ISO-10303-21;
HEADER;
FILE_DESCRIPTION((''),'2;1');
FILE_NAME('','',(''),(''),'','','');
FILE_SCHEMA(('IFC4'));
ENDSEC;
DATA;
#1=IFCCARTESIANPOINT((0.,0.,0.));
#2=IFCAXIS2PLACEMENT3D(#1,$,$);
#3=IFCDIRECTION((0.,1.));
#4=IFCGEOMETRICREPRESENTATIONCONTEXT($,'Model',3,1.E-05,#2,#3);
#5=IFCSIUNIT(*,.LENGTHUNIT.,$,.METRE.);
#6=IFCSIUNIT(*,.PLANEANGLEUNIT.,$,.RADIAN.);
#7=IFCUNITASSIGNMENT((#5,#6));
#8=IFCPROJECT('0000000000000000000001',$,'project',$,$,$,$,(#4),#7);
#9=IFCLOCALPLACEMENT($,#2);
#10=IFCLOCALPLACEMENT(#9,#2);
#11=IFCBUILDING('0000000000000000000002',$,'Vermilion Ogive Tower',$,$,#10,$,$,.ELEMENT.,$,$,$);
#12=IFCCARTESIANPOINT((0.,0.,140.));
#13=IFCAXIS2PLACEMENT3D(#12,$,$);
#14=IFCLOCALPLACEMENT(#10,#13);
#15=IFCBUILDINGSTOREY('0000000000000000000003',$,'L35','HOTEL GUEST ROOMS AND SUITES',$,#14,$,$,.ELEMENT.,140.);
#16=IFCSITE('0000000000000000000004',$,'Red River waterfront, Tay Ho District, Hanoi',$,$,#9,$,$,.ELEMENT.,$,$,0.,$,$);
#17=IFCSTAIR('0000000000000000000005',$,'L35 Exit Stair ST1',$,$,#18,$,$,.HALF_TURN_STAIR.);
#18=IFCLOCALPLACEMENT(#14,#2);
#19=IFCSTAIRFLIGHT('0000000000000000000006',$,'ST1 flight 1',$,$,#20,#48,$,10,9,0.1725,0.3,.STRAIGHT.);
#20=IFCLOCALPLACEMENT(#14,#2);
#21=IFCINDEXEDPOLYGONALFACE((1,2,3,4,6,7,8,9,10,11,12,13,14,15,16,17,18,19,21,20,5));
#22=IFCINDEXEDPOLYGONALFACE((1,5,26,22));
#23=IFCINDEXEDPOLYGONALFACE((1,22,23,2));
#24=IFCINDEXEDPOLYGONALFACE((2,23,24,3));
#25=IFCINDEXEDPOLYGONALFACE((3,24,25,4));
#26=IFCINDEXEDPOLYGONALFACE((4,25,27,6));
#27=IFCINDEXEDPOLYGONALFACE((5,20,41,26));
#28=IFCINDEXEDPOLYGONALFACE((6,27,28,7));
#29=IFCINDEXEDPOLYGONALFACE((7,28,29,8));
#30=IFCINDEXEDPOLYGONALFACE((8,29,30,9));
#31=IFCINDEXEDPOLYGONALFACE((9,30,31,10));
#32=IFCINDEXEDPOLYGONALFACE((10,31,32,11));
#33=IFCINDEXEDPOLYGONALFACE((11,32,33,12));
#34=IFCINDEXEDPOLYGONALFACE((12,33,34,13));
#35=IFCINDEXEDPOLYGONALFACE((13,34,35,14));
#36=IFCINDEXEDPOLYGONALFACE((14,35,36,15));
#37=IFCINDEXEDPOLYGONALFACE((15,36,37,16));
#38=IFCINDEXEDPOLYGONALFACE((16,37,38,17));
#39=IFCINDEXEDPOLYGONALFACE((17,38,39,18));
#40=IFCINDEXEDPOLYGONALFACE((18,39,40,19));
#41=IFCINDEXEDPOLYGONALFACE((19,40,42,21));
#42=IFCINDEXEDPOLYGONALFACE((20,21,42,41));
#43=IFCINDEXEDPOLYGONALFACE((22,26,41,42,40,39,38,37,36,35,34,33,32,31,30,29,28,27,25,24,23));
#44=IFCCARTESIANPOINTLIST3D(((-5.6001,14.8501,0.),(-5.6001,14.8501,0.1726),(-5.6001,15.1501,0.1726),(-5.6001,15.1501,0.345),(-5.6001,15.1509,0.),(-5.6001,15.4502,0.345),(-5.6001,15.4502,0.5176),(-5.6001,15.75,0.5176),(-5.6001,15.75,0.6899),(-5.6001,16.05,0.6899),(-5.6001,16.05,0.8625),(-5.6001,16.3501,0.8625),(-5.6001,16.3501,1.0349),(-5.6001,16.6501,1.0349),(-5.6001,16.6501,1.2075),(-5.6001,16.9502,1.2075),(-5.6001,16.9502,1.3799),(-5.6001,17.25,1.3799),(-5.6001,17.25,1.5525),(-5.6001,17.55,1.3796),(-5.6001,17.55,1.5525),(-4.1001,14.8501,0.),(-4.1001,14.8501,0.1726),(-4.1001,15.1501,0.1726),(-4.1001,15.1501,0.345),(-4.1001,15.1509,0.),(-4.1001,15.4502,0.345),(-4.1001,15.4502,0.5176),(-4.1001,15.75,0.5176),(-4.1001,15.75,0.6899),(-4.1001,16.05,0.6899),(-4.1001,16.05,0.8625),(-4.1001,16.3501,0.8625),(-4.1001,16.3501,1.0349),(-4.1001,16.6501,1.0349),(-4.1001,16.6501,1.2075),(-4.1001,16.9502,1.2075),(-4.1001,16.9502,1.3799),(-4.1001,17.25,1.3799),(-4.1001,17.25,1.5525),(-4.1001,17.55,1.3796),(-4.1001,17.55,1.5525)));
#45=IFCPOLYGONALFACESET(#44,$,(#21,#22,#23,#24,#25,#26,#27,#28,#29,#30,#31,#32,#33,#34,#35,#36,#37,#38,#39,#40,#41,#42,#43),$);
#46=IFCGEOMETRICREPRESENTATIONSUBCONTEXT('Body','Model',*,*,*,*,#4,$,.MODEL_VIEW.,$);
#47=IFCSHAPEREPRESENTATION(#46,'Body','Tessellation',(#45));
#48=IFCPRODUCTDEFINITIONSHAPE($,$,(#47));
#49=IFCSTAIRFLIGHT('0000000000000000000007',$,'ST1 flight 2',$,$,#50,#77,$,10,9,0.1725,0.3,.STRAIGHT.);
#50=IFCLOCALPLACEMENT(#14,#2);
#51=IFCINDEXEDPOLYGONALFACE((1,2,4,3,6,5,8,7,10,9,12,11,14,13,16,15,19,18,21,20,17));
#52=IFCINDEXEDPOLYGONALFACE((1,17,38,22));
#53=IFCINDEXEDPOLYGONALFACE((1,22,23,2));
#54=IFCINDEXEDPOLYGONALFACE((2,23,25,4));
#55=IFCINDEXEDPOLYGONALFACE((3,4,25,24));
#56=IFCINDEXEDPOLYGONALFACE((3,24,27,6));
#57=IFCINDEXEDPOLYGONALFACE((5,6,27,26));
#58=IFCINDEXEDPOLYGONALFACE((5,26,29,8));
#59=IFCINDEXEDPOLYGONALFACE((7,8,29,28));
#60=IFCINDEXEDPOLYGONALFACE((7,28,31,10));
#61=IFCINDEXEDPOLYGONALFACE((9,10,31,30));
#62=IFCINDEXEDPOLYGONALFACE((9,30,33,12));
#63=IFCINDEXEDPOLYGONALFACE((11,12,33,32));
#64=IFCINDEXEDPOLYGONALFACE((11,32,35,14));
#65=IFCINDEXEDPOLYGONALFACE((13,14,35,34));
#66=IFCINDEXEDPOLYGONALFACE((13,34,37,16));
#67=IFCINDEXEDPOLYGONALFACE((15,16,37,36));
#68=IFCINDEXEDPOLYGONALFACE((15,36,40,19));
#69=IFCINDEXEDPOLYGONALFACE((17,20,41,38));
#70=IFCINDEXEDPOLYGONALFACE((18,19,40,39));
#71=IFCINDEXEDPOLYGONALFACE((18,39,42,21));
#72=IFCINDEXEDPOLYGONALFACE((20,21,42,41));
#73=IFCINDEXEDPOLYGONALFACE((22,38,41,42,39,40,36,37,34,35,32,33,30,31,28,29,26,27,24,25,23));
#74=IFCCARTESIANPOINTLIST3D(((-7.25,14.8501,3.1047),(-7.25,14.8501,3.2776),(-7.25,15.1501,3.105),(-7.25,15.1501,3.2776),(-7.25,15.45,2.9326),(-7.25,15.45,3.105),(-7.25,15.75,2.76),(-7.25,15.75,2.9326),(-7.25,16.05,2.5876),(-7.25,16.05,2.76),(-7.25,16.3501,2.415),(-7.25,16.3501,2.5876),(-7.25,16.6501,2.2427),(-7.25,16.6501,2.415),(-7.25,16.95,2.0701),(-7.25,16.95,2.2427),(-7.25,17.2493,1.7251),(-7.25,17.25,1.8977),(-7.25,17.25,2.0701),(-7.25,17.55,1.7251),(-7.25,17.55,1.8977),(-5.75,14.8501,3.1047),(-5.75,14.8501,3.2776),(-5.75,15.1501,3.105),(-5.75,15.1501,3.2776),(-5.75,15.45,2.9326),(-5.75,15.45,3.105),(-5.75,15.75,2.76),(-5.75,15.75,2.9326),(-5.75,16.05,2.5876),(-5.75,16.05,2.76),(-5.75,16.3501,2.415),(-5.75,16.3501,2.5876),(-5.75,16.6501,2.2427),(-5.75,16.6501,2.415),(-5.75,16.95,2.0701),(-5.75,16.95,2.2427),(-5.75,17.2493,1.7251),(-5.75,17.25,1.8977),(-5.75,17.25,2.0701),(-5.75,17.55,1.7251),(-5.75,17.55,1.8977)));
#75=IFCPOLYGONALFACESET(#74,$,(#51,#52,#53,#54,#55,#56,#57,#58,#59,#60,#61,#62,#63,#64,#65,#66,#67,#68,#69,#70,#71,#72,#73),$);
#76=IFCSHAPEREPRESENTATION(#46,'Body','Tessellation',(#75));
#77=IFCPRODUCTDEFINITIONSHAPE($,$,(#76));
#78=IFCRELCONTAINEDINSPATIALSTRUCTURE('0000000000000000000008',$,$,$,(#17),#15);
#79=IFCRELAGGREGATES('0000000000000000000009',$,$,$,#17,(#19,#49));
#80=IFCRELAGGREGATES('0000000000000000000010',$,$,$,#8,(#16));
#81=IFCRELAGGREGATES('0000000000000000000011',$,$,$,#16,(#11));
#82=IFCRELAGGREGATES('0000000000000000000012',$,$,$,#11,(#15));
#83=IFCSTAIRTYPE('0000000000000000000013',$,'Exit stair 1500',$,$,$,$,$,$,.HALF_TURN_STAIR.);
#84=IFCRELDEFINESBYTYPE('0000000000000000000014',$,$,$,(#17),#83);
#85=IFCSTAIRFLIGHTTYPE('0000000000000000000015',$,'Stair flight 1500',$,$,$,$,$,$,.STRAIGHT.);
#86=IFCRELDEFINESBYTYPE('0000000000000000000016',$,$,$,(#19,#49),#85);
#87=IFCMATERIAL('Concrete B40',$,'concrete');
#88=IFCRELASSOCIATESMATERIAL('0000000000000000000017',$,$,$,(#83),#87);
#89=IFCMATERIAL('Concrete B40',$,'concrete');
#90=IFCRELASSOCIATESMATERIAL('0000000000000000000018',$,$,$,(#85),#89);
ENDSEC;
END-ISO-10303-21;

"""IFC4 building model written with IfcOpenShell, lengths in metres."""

from ifc_helpers import new_model, si_unit, direction, frame, origin, place, context, subcontext, project, spatial, polyline, outline, extrude, material, type_object, element, aggregate, save


model = new_model("IFC4")

# Units and contexts
model_context = context("Model", 3, precision=1e-05, world=origin(), true_north=direction((0.0, 1.0)))
body_context = subcontext(model_context, "Body", "Model", "MODEL_VIEW")
ifc_project = project(units=[si_unit("LENGTHUNIT", "METRE"), si_unit("PLANEANGLEUNIT", "RADIAN")], contexts=[model_context])

# Site, building, storey
site_placement = place(None, origin())
site = spatial("IfcSite", under=ifc_project, at=site_placement, Name="Red River waterfront, Tay Ho District, Hanoi", CompositionType="ELEMENT", RefElevation=0.0)
building_placement = place(site_placement, origin())
building = spatial("IfcBuilding", under=site, at=building_placement, Name="Vermilion Ogive Tower", CompositionType="ELEMENT")
storey_placement = place(building_placement, frame((0.0, 0.0, 140.0)))
storey = spatial("IfcBuildingStorey", under=building, at=storey_placement, Name="L35", Description="HOTEL GUEST ROOMS AND SUITES", CompositionType="ELEMENT", Elevation=140.0)

# Stair, stair flights
ifc_material_1 = material(Name="Concrete B40", Category="concrete")
stair_type = type_object("IfcStairType", Name="Exit stair 1500", PredefinedType="HALF_TURN_STAIR", material=ifc_material_1)
stair_placement = place(storey_placement, origin())
stair = element("IfcStair", 1, at=stair_placement, inside=storey, type_object=stair_type, Name="L35 Exit Stair ST1", PredefinedType="HALF_TURN_STAIR")
ifc_material_2 = material(Name="Concrete B40", Category="concrete")
stair_flight_type = type_object("IfcStairFlightType", Name="Stair flight 1500", PredefinedType="STRAIGHT", material=ifc_material_2)
stair_flight_1_placement = place(storey_placement, frame((-4.8501, 14.8501, 0.0), z_axis=(0.0, 0.0, 1.0), x_axis=(0.0, 1.0, 0.0)))
stair_flight_1 = element("IfcStairFlight", 2, at=stair_flight_1_placement, type_object=stair_flight_type, Name="ST1 flight 1", NumberOfRisers=10, NumberOfTreads=9, PredefinedType="STRAIGHT", RiserHeight=0.1725, TreadLength=0.3, context=body_context, shape_type="SweptSolid", body=[
    extrude(outline(polyline([(0.0, 0.0), (0.0, 0.1726), (0.3, 0.1726), (0.3, 0.345), (0.6001, 0.345), (0.6001, 0.5176), (0.8999, 0.5176), (0.8999, 0.6899), (1.2, 0.6899), (1.2, 0.8625), (1.5, 0.8625), (1.5, 1.0349), (1.8, 1.0349), (1.8, 1.2075), (2.1001, 1.2075), (2.1001, 1.3799), (2.3999, 1.3799), (2.3999, 1.5525), (2.7, 1.5525), (2.7, 1.7251), (2.7, 1.3796), (0.3008, 0.0), (0.0, 0.0)])), frame((0.0, 0.75, 0.0), z_axis=(0.0, -1.0, 0.0), x_axis=(1.0, 0.0, 0.0)), (0.0, 0.0, 1.0), 1.5),
])
stair_flight_2_placement = place(storey_placement, frame((-6.5, 17.55, 1.7251), z_axis=(0.0, 0.0, 1.0), x_axis=(0.0, -1.0, 0.0)))
stair_flight_2 = element("IfcStairFlight", 3, at=stair_flight_2_placement, type_object=stair_flight_type, Name="ST1 flight 2", NumberOfRisers=10, NumberOfTreads=9, PredefinedType="STRAIGHT", RiserHeight=0.1725, TreadLength=0.3, context=body_context, shape_type="SweptSolid", body=[
    extrude(outline(polyline([(0.0, 0.0), (0.0, 0.1726), (0.3, 0.1726), (0.3, 0.345), (0.6001, 0.345), (0.6001, 0.5176), (0.8999, 0.5176), (0.8999, 0.6899), (1.2, 0.6899), (1.2, 0.8625), (1.5, 0.8625), (1.5, 1.0349), (1.8, 1.0349), (1.8, 1.2075), (2.1001, 1.2075), (2.1001, 1.3799), (2.3999, 1.3799), (2.3999, 1.5525), (2.7, 1.5525), (2.7, 1.7251), (2.7, 1.3796), (0.3008, 0.0), (0.0, 0.0)])), frame((0.0, 0.75, 0.0), z_axis=(0.0, -1.0, 0.0), x_axis=(1.0, 0.0, 0.0)), (0.0, 0.0, 1.0), 1.5),
])
aggregate(stair, [stair_flight_1, stair_flight_2])

save(model, "model.ifc")
